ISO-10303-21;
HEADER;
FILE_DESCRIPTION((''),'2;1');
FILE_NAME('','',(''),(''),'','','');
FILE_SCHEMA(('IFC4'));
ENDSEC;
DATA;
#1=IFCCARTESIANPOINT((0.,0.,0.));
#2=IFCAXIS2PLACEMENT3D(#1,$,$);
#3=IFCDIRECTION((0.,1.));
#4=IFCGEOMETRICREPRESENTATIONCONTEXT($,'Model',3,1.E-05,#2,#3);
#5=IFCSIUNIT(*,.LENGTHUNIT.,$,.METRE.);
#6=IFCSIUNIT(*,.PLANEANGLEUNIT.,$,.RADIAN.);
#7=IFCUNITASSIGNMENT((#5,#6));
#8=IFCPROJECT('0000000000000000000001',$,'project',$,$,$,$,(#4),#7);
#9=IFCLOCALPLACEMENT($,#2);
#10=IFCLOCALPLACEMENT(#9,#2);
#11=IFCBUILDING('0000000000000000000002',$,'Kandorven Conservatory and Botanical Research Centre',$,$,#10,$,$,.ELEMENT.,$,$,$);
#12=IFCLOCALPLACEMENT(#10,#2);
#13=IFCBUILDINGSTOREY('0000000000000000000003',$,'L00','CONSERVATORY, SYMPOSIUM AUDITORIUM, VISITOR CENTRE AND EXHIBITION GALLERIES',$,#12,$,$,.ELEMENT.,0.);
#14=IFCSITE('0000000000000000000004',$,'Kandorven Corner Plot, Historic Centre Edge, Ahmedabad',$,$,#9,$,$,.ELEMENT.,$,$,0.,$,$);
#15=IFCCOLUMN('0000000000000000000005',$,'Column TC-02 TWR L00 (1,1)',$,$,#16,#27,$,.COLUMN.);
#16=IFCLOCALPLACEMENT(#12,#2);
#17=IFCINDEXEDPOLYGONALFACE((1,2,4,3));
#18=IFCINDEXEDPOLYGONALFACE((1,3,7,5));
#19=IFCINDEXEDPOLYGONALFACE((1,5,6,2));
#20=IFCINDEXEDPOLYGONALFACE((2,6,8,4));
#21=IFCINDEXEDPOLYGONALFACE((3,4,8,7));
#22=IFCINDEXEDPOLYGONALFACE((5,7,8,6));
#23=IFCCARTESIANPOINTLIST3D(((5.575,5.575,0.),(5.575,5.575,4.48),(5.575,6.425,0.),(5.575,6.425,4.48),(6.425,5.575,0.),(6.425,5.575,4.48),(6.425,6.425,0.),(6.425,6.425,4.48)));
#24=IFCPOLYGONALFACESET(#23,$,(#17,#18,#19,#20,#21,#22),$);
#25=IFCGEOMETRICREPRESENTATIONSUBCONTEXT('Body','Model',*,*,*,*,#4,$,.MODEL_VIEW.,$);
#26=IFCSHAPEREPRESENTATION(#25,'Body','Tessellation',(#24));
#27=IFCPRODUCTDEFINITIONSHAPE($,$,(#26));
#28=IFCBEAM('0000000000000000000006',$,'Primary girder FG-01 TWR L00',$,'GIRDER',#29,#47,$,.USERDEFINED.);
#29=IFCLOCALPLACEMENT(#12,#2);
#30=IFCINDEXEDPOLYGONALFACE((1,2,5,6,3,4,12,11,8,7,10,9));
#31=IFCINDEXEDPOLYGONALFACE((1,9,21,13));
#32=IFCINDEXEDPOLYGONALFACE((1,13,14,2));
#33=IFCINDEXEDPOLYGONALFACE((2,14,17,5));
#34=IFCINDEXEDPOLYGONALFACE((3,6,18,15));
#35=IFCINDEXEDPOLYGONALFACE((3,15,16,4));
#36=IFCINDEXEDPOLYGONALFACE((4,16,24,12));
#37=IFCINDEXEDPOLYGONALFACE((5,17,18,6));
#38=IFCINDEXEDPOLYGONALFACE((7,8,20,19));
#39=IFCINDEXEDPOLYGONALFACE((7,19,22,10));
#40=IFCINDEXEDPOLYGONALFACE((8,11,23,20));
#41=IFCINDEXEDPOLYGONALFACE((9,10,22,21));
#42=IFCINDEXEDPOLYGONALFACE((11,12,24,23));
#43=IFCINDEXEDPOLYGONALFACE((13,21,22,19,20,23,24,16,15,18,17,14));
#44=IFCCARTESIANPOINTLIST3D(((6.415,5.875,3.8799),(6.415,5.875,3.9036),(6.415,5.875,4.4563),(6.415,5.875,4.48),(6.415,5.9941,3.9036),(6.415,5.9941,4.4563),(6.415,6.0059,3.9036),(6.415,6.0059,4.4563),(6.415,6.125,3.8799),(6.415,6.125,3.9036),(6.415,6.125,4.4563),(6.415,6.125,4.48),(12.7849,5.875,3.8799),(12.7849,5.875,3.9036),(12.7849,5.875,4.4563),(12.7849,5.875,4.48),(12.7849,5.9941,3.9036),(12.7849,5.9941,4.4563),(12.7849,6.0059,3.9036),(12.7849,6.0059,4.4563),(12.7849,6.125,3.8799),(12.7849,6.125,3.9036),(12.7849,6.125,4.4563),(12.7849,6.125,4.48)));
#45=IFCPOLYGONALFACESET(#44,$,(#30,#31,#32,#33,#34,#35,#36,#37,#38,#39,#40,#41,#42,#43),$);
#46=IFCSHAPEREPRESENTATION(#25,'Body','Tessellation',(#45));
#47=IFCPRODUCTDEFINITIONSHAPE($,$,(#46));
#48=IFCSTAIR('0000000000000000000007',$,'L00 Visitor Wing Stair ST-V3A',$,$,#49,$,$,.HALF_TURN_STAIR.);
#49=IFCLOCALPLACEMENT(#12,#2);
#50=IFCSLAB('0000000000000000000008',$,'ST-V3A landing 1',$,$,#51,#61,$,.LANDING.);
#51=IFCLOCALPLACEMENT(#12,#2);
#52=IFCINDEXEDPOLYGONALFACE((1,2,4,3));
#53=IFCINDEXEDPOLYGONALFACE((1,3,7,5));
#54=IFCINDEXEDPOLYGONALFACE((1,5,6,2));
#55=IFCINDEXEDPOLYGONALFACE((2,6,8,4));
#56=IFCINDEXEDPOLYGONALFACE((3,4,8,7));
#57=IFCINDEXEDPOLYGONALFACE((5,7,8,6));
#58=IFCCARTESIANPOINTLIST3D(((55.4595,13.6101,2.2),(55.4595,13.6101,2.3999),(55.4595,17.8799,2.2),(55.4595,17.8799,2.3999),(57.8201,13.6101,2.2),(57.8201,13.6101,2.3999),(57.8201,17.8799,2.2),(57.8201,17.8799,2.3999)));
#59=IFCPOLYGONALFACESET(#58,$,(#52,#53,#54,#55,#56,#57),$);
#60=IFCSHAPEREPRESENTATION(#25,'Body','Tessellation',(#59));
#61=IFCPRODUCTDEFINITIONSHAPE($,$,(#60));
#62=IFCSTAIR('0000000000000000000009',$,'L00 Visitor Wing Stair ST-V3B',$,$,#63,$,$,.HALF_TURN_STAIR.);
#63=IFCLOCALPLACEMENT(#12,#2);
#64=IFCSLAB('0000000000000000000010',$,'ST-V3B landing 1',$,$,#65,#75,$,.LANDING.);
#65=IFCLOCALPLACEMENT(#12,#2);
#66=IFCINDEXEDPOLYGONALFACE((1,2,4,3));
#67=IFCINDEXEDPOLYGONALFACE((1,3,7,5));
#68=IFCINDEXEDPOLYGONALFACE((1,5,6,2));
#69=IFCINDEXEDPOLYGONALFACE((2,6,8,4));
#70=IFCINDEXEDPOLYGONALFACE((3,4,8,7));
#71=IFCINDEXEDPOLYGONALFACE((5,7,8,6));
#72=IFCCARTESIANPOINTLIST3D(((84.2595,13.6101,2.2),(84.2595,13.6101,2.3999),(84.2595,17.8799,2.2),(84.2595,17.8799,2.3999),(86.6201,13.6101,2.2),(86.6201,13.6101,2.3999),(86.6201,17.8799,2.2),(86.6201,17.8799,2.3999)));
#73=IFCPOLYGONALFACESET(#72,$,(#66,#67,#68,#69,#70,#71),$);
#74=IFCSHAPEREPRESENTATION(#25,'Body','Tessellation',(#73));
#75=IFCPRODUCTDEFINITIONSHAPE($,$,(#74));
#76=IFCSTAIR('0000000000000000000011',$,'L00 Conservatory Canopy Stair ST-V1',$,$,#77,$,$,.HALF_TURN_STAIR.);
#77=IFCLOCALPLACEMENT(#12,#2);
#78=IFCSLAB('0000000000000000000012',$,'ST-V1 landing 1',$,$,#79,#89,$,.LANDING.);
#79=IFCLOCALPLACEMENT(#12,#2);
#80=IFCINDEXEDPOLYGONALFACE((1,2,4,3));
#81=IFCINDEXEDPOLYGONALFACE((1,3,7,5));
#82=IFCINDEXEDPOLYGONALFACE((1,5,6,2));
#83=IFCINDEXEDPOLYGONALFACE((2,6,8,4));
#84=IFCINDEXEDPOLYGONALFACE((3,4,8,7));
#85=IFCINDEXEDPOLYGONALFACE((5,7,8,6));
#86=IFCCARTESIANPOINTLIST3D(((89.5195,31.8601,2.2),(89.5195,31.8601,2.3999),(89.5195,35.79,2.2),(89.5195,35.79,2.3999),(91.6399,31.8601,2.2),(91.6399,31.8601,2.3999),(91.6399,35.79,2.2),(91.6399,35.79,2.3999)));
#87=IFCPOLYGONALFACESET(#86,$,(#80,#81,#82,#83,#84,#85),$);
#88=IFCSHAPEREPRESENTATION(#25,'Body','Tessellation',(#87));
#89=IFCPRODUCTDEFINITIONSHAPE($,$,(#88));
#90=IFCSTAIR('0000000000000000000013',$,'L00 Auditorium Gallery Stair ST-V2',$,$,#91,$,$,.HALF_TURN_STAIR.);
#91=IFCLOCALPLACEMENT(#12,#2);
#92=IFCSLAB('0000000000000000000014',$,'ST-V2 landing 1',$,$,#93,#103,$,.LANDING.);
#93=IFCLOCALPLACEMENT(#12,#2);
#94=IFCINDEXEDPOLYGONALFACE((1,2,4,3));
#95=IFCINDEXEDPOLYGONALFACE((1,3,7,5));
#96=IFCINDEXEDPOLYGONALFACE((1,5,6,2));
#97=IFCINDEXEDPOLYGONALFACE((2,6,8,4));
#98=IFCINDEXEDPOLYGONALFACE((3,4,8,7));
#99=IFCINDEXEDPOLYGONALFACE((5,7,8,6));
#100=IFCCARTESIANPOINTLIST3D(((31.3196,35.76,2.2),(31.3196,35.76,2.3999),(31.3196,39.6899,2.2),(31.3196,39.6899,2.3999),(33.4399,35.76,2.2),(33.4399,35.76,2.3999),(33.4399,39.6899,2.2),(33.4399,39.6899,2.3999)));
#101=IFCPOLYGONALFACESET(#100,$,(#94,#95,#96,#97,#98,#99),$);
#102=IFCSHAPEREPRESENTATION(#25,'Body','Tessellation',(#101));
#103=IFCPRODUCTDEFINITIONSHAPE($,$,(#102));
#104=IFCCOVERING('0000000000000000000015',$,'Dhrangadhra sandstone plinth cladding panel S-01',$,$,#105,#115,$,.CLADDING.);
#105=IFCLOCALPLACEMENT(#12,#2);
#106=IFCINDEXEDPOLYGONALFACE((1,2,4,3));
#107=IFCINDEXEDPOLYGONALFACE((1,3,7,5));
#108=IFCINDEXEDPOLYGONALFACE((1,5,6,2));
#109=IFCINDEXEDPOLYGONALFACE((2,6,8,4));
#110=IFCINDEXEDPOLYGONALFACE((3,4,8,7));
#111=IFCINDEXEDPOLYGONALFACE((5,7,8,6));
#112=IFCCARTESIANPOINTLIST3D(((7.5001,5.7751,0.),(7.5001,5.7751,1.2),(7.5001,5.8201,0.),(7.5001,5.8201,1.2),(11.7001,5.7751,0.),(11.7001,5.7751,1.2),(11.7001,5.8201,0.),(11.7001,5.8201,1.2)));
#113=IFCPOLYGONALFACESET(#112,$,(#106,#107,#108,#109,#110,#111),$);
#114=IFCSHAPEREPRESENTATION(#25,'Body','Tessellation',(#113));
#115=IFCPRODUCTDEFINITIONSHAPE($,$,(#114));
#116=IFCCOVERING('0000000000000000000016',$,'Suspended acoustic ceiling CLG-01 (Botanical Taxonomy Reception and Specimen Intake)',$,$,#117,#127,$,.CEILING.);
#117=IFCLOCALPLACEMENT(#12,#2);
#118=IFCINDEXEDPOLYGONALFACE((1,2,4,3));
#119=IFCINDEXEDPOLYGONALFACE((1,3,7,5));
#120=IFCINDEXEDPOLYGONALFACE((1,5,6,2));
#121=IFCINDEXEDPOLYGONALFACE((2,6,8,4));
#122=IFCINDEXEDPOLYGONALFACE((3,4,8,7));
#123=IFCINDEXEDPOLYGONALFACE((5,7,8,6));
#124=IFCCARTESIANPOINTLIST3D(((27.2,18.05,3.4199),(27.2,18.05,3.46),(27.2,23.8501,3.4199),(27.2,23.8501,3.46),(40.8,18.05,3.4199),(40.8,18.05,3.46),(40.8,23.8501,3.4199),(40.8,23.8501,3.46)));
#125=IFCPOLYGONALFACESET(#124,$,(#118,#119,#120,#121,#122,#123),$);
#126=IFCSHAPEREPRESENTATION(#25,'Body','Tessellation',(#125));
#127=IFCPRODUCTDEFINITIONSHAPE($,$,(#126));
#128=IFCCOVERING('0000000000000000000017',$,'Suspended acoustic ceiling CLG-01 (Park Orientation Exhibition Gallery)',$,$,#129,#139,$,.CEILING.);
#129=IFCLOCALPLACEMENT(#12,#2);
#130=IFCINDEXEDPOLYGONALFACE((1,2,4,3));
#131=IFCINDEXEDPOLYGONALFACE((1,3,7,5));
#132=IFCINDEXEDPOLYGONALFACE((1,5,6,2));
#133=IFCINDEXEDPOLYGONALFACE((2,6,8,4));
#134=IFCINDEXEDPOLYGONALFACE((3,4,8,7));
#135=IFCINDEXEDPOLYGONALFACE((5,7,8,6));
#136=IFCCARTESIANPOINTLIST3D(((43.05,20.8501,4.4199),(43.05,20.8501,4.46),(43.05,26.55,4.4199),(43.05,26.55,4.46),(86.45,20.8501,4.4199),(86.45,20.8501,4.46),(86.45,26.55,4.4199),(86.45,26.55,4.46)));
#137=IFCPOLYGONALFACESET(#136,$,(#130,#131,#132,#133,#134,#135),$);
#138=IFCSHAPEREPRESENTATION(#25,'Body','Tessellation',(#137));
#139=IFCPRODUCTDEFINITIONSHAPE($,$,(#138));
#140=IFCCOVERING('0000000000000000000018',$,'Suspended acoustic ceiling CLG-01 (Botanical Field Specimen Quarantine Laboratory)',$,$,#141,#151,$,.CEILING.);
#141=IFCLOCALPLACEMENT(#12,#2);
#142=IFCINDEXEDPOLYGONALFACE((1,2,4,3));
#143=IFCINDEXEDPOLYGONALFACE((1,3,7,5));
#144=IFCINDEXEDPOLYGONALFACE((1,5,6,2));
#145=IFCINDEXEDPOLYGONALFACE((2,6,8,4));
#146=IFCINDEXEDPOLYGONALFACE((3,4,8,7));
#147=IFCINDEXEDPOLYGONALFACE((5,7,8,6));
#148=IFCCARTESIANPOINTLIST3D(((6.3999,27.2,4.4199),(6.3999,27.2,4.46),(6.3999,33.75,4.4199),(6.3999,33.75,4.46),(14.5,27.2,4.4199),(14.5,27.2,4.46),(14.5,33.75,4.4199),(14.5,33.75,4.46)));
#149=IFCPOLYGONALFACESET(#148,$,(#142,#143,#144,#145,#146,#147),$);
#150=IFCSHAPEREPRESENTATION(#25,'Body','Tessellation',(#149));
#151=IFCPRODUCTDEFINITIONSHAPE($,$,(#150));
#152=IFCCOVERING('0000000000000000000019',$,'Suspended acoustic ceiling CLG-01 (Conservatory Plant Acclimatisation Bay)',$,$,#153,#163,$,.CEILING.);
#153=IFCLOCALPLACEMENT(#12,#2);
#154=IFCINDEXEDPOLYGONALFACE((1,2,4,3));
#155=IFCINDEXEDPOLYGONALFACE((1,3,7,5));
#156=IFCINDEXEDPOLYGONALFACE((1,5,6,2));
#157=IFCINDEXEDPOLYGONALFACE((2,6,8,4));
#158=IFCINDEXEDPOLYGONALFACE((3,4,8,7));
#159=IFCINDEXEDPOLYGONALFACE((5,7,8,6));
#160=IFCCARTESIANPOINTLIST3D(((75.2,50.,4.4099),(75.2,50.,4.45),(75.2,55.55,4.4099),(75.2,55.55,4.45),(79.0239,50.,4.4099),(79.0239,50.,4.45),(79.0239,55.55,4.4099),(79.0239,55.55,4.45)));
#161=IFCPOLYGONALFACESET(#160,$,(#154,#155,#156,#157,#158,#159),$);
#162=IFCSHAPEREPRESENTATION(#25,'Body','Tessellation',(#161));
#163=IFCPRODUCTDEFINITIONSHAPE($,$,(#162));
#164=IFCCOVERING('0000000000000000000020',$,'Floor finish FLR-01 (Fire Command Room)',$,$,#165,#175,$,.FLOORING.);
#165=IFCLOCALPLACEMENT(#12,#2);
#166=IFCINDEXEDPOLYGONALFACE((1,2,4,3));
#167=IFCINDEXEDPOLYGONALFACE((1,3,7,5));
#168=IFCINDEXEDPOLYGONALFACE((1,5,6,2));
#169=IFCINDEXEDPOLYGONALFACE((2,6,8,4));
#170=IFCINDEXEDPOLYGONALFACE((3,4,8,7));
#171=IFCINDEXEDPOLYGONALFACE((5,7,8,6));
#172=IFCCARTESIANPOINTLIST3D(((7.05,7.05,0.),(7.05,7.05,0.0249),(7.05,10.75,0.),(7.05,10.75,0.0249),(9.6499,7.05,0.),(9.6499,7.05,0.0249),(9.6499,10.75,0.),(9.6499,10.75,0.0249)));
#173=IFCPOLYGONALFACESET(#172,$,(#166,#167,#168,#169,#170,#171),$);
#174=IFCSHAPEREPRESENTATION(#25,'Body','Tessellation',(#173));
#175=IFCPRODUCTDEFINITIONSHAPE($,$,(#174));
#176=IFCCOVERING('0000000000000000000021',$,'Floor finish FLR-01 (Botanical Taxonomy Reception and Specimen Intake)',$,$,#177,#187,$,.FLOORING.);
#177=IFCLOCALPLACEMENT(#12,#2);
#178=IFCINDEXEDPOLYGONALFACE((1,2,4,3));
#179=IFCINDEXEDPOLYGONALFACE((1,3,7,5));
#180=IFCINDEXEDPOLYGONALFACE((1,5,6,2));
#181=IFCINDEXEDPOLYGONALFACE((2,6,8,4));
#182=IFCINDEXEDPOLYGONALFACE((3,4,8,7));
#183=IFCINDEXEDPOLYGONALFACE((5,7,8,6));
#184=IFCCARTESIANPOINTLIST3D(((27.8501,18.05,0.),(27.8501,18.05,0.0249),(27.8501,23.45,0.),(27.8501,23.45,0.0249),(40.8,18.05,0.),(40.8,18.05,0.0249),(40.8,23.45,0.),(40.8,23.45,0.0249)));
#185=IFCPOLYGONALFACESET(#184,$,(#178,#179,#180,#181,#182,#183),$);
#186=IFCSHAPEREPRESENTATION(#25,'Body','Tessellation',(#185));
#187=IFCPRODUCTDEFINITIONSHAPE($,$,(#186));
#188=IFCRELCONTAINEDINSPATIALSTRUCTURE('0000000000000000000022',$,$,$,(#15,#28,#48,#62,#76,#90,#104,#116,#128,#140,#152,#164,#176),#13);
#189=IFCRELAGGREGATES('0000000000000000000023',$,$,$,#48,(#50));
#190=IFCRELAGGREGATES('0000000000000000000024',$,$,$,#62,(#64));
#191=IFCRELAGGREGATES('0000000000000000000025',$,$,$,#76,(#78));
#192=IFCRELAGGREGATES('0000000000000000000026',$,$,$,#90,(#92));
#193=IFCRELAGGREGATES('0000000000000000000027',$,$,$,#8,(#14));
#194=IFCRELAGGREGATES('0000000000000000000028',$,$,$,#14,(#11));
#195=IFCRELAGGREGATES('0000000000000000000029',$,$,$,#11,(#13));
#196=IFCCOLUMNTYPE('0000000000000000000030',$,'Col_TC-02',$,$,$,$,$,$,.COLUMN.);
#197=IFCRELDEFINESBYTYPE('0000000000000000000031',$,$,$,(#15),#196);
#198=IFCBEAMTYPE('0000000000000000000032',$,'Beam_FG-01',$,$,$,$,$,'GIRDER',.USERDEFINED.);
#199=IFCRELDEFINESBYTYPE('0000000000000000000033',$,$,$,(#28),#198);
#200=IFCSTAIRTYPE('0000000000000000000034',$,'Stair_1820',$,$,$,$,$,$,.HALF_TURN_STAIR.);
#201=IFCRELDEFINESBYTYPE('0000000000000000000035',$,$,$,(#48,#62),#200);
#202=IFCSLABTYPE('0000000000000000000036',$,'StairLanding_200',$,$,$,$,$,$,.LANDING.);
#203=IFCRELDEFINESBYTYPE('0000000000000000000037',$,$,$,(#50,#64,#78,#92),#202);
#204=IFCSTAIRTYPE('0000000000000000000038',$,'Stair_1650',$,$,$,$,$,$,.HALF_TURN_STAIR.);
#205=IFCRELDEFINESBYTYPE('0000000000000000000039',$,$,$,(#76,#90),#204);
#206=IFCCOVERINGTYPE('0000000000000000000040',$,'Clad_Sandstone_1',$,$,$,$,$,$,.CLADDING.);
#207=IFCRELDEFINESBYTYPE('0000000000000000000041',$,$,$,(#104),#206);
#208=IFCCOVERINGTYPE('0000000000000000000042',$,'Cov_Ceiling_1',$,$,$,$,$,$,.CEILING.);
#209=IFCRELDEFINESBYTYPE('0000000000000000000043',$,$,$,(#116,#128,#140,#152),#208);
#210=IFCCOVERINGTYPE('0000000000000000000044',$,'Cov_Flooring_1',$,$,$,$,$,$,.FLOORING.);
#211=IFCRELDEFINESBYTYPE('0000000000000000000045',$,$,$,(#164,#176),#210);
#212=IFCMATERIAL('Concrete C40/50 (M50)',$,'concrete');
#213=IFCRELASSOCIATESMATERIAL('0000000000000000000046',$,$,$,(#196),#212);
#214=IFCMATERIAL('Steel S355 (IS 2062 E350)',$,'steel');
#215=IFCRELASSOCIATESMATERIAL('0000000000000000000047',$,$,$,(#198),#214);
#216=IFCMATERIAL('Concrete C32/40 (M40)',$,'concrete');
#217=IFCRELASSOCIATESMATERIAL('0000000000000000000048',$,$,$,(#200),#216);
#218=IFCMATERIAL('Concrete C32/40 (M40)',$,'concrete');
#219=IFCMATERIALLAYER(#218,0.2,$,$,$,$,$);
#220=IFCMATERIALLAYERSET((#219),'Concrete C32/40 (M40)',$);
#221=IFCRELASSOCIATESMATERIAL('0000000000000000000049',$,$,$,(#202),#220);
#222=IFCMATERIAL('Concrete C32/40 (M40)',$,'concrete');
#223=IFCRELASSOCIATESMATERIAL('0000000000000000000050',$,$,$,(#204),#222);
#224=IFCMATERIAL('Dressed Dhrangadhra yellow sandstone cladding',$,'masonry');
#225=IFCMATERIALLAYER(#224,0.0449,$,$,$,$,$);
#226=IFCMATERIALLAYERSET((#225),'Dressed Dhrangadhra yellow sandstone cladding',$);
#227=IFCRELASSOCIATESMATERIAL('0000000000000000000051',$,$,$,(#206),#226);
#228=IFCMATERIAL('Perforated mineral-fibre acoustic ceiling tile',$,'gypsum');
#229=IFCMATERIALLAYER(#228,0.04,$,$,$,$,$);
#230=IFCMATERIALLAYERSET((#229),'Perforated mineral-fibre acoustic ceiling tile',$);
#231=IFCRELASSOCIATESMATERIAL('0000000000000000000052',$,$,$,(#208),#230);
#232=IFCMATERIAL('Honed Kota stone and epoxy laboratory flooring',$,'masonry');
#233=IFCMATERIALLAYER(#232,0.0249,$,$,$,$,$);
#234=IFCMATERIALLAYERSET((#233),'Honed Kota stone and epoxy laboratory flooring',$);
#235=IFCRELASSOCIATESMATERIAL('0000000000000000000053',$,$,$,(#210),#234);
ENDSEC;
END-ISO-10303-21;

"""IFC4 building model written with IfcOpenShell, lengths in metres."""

from ifc_helpers import new_model, si_unit, direction, frame, origin, origin_2d, place, context, subcontext, project, spatial, polyline, rectangle, i_section, outline, extrude, material, layer, layer_set, material_profile, profile_set, type_object, element, aggregate, save


model = new_model("IFC4")

# Units and contexts
model_context = context("Model", 3, precision=1e-05, world=origin(), true_north=direction((0.0, 1.0)))
body_context = subcontext(model_context, "Body", "Model", "MODEL_VIEW")
ifc_project = project(units=[si_unit("LENGTHUNIT", "METRE"), si_unit("PLANEANGLEUNIT", "RADIAN")], contexts=[model_context])

# Site, building, storey
site_placement = place(None, origin())
site = spatial("IfcSite", under=ifc_project, at=site_placement, Name="Kandorven Corner Plot, Historic Centre Edge, Ahmedabad", CompositionType="ELEMENT", RefElevation=0.0)
building_placement = place(site_placement, origin())
building = spatial("IfcBuilding", under=site, at=building_placement, Name="Kandorven Conservatory and Botanical Research Centre", CompositionType="ELEMENT")
storey_placement = place(building_placement, origin())
storey = spatial("IfcBuildingStorey", under=building, at=storey_placement, Name="L00", Description="CONSERVATORY, SYMPOSIUM AUDITORIUM, VISITOR CENTRE AND EXHIBITION GALLERIES", CompositionType="ELEMENT", Elevation=0.0)

# Column
ifc_material_1 = material(Name="Concrete C40/50 (M50)", Category="concrete")
ifc_material_profile_1 = material_profile(ifc_material_1, rectangle(XDim=0.8501, YDim=0.8501, at=origin_2d()))
ifc_profile_set_1 = profile_set([ifc_material_profile_1], Name="Concrete C40/50 (M50)")
column_type = type_object("IfcColumnType", Name="Col_TC-02", PredefinedType="COLUMN", material=ifc_profile_set_1)
column_placement = place(storey_placement, frame((6.0, 6.0, 0.0), z_axis=(0.0, 0.0, 1.0), x_axis=(1.0, 0.0, 0.0)))
element("IfcColumn", 1, at=column_placement, inside=storey, type_object=column_type, Name="Column TC-02 TWR L00 (1,1)", PredefinedType="COLUMN", context=body_context, shape_type="SweptSolid", body=[
    extrude(rectangle(XDim=0.8501, YDim=0.8501, at=origin_2d()), origin(), (0.0, 0.0, 1.0), 4.48),
])

# Beam
ifc_material_2 = material(Name="Steel S355 (IS 2062 E350)", Category="steel")
ifc_material_profile_2 = material_profile(ifc_material_2, i_section(OverallWidth=0.25, OverallDepth=0.6001, WebThickness=0.0117, FlangeThickness=0.0237, at=origin_2d()))
ifc_profile_set_2 = profile_set([ifc_material_profile_2], Name="Steel S355 (IS 2062 E350)")
beam_type = type_object("IfcBeamType", Name="Beam_FG-01", ElementType="GIRDER", PredefinedType="USERDEFINED", material=ifc_profile_set_2)
beam_placement = place(storey_placement, frame((6.415, 6.0, 4.1799), z_axis=(1.0, 0.0, 0.0), x_axis=(0.0, 1.0, 0.0)))
element("IfcBeam", 2, at=beam_placement, inside=storey, type_object=beam_type, Name="Primary girder FG-01 TWR L00", ObjectType="GIRDER", PredefinedType="USERDEFINED", context=body_context, shape_type="SweptSolid", body=[
    extrude(i_section(OverallWidth=0.25, OverallDepth=0.6001, WebThickness=0.0117, FlangeThickness=0.0237, at=origin_2d()), origin(), (0.0, 0.0, 1.0), 6.3699),
])

# Stairs, slabs
ifc_material_3 = material(Name="Concrete C32/40 (M40)", Category="concrete")
stair_type_1 = type_object("IfcStairType", Name="Stair_1820", PredefinedType="HALF_TURN_STAIR", material=ifc_material_3)
stair_1_placement = place(storey_placement, origin())
stair_1 = element("IfcStair", 3, at=stair_1_placement, inside=storey, type_object=stair_type_1, Name="L00 Visitor Wing Stair ST-V3A", PredefinedType="HALF_TURN_STAIR")
ifc_material_4 = material(Name="Concrete C32/40 (M40)", Category="concrete")
ifc_layer_1 = layer(ifc_material_4, 0.2)
ifc_layer_set_1 = layer_set([ifc_layer_1], Name="Concrete C32/40 (M40)")
slab_type = type_object("IfcSlabType", Name="StairLanding_200", PredefinedType="LANDING", material=ifc_layer_set_1)
slab_1_placement = place(storey_placement, frame((0.0, 0.0, 2.2)))
slab_1 = element("IfcSlab", 4, at=slab_1_placement, type_object=slab_type, Name="ST-V3A landing 1", PredefinedType="LANDING", context=body_context, shape_type="SweptSolid", body=[
    extrude(outline(polyline([(55.4595, 13.6101), (57.8201, 13.6101), (57.8201, 17.8799), (55.4595, 17.8799), (55.4595, 13.6101)])), origin(), (0.0, 0.0, 1.0), 0.2),
])
aggregate(stair_1, [slab_1])
stair_2_placement = place(storey_placement, origin())
stair_2 = element("IfcStair", 5, at=stair_2_placement, inside=storey, type_object=stair_type_1, Name="L00 Visitor Wing Stair ST-V3B", PredefinedType="HALF_TURN_STAIR")
slab_2_placement = place(storey_placement, frame((0.0, 0.0, 2.2)))
slab_2 = element("IfcSlab", 6, at=slab_2_placement, type_object=slab_type, Name="ST-V3B landing 1", PredefinedType="LANDING", context=body_context, shape_type="SweptSolid", body=[
    extrude(outline(polyline([(84.2595, 13.6101), (86.6201, 13.6101), (86.6201, 17.8799), (84.2595, 17.8799), (84.2595, 13.6101)])), origin(), (0.0, 0.0, 1.0), 0.2),
])
aggregate(stair_2, [slab_2])
ifc_material_5 = material(Name="Concrete C32/40 (M40)", Category="concrete")
stair_type_2 = type_object("IfcStairType", Name="Stair_1650", PredefinedType="HALF_TURN_STAIR", material=ifc_material_5)
stair_3_placement = place(storey_placement, origin())
stair_3 = element("IfcStair", 7, at=stair_3_placement, inside=storey, type_object=stair_type_2, Name="L00 Conservatory Canopy Stair ST-V1", PredefinedType="HALF_TURN_STAIR")
slab_3_placement = place(storey_placement, frame((0.0, 0.0, 2.2)))
slab_3 = element("IfcSlab", 8, at=slab_3_placement, type_object=slab_type, Name="ST-V1 landing 1", PredefinedType="LANDING", context=body_context, shape_type="SweptSolid", body=[
    extrude(outline(polyline([(89.5195, 31.8601), (91.6399, 31.8601), (91.6399, 35.79), (89.5195, 35.79), (89.5195, 31.8601)])), origin(), (0.0, 0.0, 1.0), 0.2),
])
aggregate(stair_3, [slab_3])
stair_4_placement = place(storey_placement, origin())
stair_4 = element("IfcStair", 9, at=stair_4_placement, inside=storey, type_object=stair_type_2, Name="L00 Auditorium Gallery Stair ST-V2", PredefinedType="HALF_TURN_STAIR")
slab_4_placement = place(storey_placement, frame((0.0, 0.0, 2.2)))
slab_4 = element("IfcSlab", 10, at=slab_4_placement, type_object=slab_type, Name="ST-V2 landing 1", PredefinedType="LANDING", context=body_context, shape_type="SweptSolid", body=[
    extrude(outline(polyline([(31.3196, 35.76), (33.4399, 35.76), (33.4399, 39.6899), (31.3196, 39.6899), (31.3196, 35.76)])), origin(), (0.0, 0.0, 1.0), 0.2),
])
aggregate(stair_4, [slab_4])

# Coverings
ifc_material_6 = material(Name="Dressed Dhrangadhra yellow sandstone cladding", Category="masonry")
ifc_layer_2 = layer(ifc_material_6, 0.0449)
ifc_layer_set_2 = layer_set([ifc_layer_2], Name="Dressed Dhrangadhra yellow sandstone cladding")
covering_type_1 = type_object("IfcCoveringType", Name="Clad_Sandstone_1", PredefinedType="CLADDING", material=ifc_layer_set_2)
covering_1_placement = place(storey_placement, frame((9.6001, 5.7976, 0.0), z_axis=(0.0, 0.0, 1.0), x_axis=(1.0, 0.0, 0.0)))
element("IfcCovering", 11, at=covering_1_placement, inside=storey, type_object=covering_type_1, Name="Dhrangadhra sandstone plinth cladding panel S-01", PredefinedType="CLADDING", context=body_context, shape_type="SweptSolid", body=[
    extrude(rectangle(XDim=4.2, YDim=0.0449, at=origin_2d()), origin(), (0.0, 0.0, 1.0), 1.2),
])
ifc_material_7 = material(Name="Perforated mineral-fibre acoustic ceiling tile", Category="gypsum")
ifc_layer_3 = layer(ifc_material_7, 0.04)
ifc_layer_set_3 = layer_set([ifc_layer_3], Name="Perforated mineral-fibre acoustic ceiling tile")
covering_type_2 = type_object("IfcCoveringType", Name="Cov_Ceiling_1", PredefinedType="CEILING", material=ifc_layer_set_3)
covering_2_placement = place(storey_placement, frame((0.0, 0.0, 3.4199)))
element("IfcCovering", 12, at=covering_2_placement, inside=storey, type_object=covering_type_2, Name="Suspended acoustic ceiling CLG-01 (Botanical Taxonomy Reception and Specimen Intake)", PredefinedType="CEILING", context=body_context, shape_type="SweptSolid", body=[
    extrude(outline(polyline([(27.2, 18.05), (40.8, 18.05), (40.8, 23.8501), (27.2, 23.8501), (27.2, 18.05)])), origin(), (0.0, 0.0, 1.0), 0.04),
])
covering_3_placement = place(storey_placement, frame((0.0, 0.0, 4.4199)))
element("IfcCovering", 13, at=covering_3_placement, inside=storey, type_object=covering_type_2, Name="Suspended acoustic ceiling CLG-01 (Park Orientation Exhibition Gallery)", PredefinedType="CEILING", context=body_context, shape_type="SweptSolid", body=[
    extrude(outline(polyline([(43.05, 20.8501), (86.45, 20.8501), (86.45, 26.55), (43.05, 26.55), (43.05, 20.8501)])), origin(), (0.0, 0.0, 1.0), 0.04),
])
covering_4_placement = place(storey_placement, frame((0.0, 0.0, 4.4199)))
element("IfcCovering", 14, at=covering_4_placement, inside=storey, type_object=covering_type_2, Name="Suspended acoustic ceiling CLG-01 (Botanical Field Specimen Quarantine Laboratory)", PredefinedType="CEILING", context=body_context, shape_type="SweptSolid", body=[
    extrude(outline(polyline([(6.3999, 27.2), (14.5, 27.2), (14.5, 33.75), (6.3999, 33.75), (6.3999, 27.2)])), origin(), (0.0, 0.0, 1.0), 0.04),
])
covering_5_placement = place(storey_placement, frame((0.0, 0.0, 4.4099)))
element("IfcCovering", 15, at=covering_5_placement, inside=storey, type_object=covering_type_2, Name="Suspended acoustic ceiling CLG-01 (Conservatory Plant Acclimatisation Bay)", PredefinedType="CEILING", context=body_context, shape_type="SweptSolid", body=[
    extrude(outline(polyline([(75.2, 50.0), (79.0239, 50.0), (79.0239, 55.55), (75.2, 55.55), (75.2, 50.0)])), origin(), (0.0, 0.0, 1.0), 0.04),
])
ifc_material_8 = material(Name="Honed Kota stone and epoxy laboratory flooring", Category="masonry")
ifc_layer_4 = layer(ifc_material_8, 0.0249)
ifc_layer_set_4 = layer_set([ifc_layer_4], Name="Honed Kota stone and epoxy laboratory flooring")
covering_type_3 = type_object("IfcCoveringType", Name="Cov_Flooring_1", PredefinedType="FLOORING", material=ifc_layer_set_4)
covering_6_placement = place(storey_placement, origin())
element("IfcCovering", 16, at=covering_6_placement, inside=storey, type_object=covering_type_3, Name="Floor finish FLR-01 (Fire Command Room)", PredefinedType="FLOORING", context=body_context, shape_type="SweptSolid", body=[
    extrude(outline(polyline([(7.05, 7.05), (9.6499, 7.05), (9.6499, 10.75), (7.05, 10.75), (7.05, 7.05)])), origin(), (0.0, 0.0, 1.0), 0.0249),
])
covering_7_placement = place(storey_placement, origin())
element("IfcCovering", 17, at=covering_7_placement, inside=storey, type_object=covering_type_3, Name="Floor finish FLR-01 (Botanical Taxonomy Reception and Specimen Intake)", PredefinedType="FLOORING", context=body_context, shape_type="SweptSolid", body=[
    extrude(outline(polyline([(27.8501, 18.05), (40.8, 18.05), (40.8, 23.45), (27.8501, 23.45), (27.8501, 18.05)])), origin(), (0.0, 0.0, 1.0), 0.0249),
])

save(model, "model.ifc")
